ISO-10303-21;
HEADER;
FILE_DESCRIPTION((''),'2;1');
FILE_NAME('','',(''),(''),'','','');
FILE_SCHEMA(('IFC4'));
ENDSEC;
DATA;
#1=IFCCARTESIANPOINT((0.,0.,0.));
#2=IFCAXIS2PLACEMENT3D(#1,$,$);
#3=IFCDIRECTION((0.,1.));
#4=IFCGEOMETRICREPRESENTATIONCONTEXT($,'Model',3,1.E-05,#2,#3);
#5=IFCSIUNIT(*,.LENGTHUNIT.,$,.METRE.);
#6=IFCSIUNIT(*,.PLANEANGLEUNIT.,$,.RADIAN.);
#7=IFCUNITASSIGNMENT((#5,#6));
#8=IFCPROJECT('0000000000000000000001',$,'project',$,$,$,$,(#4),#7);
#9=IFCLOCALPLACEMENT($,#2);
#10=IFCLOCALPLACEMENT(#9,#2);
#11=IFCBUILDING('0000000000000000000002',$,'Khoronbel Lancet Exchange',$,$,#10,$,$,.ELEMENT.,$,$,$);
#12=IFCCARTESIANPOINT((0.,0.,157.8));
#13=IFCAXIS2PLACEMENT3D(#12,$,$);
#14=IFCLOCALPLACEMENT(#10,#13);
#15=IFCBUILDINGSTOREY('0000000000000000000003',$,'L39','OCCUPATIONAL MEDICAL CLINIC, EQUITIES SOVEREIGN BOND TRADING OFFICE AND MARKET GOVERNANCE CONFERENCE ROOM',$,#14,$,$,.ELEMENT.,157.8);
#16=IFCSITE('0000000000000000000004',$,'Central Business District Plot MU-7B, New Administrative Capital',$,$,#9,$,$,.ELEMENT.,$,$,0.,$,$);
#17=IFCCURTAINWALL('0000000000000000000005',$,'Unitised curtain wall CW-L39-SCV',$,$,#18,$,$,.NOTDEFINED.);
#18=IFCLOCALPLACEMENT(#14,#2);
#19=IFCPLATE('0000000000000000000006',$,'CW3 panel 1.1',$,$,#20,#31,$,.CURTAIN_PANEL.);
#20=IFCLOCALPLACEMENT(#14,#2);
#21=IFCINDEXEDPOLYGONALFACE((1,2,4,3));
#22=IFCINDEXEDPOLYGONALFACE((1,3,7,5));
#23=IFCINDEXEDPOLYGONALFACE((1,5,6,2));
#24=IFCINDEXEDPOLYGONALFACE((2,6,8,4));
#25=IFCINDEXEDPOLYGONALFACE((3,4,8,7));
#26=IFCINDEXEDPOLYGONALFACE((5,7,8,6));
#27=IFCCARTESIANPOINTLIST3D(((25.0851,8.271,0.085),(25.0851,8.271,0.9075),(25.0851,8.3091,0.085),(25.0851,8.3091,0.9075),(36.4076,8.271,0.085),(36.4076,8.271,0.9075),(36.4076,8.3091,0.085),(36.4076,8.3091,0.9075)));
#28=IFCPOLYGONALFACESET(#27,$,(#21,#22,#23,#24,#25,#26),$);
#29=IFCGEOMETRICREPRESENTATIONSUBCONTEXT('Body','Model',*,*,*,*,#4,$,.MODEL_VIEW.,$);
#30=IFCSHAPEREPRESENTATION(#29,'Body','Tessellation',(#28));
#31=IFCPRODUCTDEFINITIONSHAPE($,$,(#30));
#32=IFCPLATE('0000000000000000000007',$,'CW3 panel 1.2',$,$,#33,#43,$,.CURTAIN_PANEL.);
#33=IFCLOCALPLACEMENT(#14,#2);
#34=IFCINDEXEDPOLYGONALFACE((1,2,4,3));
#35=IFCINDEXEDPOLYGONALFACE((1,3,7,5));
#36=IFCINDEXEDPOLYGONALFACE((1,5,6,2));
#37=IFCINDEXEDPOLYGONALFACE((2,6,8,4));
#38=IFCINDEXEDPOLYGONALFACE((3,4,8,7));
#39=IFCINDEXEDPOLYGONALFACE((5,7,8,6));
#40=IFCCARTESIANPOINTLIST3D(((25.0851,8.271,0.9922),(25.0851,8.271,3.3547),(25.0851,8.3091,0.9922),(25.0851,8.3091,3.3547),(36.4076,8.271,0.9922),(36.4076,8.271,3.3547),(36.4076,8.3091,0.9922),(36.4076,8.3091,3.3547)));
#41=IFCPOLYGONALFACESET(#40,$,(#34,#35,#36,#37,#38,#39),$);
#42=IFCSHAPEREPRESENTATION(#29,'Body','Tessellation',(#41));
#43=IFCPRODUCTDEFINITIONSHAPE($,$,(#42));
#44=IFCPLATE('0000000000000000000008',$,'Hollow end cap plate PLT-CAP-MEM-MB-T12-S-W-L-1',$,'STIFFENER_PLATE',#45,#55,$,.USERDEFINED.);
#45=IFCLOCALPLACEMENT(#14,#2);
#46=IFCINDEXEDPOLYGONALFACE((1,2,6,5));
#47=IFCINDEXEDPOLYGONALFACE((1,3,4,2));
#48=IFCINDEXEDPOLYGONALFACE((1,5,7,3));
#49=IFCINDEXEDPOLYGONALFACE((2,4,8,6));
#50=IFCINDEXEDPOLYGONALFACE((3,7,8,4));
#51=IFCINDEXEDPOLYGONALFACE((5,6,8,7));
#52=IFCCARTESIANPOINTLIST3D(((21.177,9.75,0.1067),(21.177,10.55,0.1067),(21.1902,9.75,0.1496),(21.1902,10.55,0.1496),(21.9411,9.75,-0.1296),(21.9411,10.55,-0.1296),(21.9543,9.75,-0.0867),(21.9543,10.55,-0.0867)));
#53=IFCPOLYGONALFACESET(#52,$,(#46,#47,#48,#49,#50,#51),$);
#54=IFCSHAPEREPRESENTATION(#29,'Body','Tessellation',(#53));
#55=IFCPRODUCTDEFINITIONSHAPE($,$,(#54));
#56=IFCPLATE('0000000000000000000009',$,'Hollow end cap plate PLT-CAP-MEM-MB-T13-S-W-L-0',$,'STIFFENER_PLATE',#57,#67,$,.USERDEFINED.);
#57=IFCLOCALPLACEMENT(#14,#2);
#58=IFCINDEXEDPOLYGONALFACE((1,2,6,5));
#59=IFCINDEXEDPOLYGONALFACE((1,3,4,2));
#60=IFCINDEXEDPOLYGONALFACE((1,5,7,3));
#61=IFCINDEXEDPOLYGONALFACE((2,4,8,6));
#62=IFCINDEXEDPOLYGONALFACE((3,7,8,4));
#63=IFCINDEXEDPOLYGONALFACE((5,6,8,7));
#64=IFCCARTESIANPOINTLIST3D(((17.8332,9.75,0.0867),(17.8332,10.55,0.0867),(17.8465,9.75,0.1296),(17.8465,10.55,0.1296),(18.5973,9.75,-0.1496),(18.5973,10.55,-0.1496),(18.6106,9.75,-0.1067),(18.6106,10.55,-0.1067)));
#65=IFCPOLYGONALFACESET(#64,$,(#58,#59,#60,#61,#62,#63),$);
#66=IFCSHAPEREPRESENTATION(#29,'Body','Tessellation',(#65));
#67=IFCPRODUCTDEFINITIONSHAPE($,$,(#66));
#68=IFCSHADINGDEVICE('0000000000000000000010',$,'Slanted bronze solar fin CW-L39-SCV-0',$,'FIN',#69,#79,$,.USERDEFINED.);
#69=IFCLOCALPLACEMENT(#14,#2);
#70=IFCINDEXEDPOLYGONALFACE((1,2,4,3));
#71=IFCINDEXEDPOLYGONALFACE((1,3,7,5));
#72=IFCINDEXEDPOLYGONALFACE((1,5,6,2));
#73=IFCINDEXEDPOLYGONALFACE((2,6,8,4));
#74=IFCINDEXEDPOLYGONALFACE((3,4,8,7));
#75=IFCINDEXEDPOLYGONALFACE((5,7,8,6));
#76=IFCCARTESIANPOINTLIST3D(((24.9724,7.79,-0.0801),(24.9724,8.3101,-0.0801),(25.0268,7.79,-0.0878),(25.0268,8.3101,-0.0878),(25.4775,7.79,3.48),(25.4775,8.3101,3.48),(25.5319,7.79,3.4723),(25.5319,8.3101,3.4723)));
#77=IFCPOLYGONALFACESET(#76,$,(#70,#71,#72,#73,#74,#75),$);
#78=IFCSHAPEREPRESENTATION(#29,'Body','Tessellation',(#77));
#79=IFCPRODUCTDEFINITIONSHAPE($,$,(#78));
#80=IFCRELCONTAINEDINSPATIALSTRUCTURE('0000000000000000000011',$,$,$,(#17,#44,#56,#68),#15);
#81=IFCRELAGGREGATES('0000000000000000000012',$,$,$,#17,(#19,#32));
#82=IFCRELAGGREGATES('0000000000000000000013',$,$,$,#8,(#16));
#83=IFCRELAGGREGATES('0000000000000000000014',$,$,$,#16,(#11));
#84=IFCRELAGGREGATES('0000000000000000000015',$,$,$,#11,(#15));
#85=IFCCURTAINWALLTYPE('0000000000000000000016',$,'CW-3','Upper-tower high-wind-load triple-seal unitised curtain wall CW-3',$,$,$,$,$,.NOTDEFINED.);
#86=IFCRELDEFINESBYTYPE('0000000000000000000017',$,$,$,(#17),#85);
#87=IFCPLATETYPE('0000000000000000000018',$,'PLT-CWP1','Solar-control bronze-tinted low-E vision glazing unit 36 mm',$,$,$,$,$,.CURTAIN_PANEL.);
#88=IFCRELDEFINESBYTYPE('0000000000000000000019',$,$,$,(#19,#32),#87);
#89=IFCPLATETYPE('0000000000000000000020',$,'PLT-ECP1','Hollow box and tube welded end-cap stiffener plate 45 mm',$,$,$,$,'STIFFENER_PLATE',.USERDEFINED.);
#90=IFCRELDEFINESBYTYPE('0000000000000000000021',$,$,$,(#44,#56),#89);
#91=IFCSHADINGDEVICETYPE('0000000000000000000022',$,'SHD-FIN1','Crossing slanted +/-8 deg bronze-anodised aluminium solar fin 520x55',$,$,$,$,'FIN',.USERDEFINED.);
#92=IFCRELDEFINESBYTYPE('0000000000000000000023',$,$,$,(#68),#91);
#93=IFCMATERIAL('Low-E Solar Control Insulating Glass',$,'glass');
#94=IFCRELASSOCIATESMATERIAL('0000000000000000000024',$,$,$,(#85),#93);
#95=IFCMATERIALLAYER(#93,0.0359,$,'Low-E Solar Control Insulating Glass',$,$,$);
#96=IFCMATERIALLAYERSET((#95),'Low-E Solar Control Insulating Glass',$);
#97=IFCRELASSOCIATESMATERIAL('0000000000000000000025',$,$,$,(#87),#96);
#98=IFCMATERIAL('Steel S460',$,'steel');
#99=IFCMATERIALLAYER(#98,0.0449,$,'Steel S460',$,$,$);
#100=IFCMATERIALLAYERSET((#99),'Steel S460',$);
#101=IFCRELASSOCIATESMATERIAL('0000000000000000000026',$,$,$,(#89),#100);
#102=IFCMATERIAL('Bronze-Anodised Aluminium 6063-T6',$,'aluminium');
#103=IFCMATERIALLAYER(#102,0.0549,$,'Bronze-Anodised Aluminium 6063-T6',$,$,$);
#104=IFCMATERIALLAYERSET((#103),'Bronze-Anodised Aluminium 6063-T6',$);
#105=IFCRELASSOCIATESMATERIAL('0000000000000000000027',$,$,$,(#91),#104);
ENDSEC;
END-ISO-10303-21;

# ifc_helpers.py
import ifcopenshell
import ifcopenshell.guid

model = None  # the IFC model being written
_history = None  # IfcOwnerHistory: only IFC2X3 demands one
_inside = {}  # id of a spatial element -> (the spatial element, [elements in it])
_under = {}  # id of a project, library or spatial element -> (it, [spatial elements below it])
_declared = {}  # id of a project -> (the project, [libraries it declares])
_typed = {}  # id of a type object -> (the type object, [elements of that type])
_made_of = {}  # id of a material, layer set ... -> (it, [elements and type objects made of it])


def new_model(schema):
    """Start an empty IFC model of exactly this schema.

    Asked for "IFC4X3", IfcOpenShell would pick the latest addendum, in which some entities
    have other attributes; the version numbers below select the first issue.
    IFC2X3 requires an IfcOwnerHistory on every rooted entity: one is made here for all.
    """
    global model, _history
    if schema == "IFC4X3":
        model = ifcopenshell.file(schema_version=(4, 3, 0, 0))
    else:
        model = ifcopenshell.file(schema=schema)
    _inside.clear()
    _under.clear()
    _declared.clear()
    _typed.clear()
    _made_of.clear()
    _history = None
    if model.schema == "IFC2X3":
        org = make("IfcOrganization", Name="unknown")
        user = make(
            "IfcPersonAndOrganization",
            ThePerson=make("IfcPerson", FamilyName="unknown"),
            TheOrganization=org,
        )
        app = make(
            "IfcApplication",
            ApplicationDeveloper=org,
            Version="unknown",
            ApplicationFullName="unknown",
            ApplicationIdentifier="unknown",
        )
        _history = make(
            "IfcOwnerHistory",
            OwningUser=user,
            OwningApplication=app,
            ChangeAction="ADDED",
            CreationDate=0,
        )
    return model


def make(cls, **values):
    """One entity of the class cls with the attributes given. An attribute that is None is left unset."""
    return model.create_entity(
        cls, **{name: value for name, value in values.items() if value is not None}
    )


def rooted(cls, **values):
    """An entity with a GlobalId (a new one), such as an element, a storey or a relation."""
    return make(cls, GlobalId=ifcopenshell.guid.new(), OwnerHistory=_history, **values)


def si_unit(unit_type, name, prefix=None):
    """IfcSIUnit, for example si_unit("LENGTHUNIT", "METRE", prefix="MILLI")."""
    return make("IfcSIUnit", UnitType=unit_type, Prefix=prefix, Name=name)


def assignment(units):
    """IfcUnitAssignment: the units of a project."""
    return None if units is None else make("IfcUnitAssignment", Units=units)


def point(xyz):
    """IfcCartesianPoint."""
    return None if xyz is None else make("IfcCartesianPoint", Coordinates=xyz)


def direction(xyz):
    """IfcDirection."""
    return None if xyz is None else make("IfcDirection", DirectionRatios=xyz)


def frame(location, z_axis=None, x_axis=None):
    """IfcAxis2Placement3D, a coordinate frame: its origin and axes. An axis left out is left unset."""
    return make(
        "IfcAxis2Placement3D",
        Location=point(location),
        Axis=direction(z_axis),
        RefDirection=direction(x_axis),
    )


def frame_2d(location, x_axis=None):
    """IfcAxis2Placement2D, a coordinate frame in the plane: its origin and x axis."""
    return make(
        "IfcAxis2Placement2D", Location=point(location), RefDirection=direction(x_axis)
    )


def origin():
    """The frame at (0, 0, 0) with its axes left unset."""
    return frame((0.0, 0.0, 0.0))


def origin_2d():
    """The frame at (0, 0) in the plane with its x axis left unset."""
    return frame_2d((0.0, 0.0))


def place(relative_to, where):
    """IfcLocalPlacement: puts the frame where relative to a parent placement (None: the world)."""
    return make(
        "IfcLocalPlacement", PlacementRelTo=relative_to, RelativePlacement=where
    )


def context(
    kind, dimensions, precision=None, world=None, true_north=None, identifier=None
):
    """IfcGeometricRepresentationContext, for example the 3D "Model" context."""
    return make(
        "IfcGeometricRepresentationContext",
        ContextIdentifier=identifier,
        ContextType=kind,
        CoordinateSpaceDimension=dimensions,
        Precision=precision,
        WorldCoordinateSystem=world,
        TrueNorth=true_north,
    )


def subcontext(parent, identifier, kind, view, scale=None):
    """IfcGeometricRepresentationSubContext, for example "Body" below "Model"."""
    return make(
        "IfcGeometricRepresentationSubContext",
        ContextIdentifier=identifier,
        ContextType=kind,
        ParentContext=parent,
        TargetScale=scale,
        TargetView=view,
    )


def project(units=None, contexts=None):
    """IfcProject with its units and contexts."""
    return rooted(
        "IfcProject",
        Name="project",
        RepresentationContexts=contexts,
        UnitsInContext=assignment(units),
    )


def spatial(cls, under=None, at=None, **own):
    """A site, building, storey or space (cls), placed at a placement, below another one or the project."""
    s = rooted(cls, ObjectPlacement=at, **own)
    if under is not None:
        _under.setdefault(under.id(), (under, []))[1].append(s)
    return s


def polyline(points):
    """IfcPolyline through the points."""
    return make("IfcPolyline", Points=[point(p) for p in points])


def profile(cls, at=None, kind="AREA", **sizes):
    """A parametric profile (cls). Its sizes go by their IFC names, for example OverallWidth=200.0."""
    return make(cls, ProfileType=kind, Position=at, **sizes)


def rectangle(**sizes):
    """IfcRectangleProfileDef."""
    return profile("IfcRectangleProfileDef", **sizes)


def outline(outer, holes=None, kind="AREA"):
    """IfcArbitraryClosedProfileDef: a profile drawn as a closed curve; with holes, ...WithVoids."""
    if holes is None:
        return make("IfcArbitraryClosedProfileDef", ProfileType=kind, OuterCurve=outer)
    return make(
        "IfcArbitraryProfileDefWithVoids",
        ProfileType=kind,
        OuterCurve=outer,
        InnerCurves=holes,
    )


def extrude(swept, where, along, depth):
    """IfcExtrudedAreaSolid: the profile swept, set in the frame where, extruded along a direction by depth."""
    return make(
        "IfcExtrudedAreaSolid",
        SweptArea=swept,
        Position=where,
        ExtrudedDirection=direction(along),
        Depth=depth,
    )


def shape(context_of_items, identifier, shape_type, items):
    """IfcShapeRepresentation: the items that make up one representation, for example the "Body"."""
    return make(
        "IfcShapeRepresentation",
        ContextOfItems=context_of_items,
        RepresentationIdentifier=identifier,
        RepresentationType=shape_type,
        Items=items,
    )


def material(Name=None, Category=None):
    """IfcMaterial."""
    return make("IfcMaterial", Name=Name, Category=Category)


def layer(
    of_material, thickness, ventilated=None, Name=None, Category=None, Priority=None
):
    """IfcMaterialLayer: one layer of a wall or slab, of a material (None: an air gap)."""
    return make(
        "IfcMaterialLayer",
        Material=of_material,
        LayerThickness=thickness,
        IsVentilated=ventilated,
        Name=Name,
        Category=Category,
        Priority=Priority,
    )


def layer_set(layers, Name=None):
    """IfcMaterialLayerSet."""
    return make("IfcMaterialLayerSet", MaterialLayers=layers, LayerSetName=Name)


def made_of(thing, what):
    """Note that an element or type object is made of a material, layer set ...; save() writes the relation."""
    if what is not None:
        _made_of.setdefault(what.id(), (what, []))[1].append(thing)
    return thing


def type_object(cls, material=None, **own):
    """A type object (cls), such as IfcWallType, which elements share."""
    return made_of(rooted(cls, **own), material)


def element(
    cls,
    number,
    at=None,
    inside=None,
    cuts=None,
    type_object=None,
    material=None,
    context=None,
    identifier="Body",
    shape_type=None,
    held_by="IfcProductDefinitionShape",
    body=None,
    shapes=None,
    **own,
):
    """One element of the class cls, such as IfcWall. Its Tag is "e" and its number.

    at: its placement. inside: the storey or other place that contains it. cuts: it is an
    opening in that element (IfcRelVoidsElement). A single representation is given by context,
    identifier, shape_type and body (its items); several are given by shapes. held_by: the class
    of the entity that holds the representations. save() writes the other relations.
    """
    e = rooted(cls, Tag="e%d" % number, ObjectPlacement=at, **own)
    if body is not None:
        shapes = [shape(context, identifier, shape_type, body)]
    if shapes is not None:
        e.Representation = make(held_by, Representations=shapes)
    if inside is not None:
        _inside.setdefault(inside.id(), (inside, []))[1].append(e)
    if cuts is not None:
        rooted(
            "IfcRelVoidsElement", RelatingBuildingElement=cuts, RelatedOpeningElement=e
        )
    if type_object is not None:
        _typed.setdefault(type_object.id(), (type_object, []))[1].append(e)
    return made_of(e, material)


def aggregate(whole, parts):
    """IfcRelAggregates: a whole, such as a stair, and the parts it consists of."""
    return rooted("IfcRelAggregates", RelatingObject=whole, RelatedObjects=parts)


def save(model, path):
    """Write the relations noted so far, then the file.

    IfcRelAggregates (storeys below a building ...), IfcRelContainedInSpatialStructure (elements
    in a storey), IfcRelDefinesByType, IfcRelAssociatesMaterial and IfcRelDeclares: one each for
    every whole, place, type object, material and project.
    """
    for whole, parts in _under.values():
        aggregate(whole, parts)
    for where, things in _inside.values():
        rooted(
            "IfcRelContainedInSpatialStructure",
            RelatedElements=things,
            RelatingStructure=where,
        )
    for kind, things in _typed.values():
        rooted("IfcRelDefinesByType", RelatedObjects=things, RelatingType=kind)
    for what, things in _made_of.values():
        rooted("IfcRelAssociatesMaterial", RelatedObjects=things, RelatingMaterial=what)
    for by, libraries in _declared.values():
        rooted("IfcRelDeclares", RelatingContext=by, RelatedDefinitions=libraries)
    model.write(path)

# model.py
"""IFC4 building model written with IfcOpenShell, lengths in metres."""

from ifc_helpers import new_model, si_unit, direction, frame, origin, origin_2d, place, context, subcontext, project, spatial, polyline, rectangle, outline, extrude, material, layer, layer_set, type_object, element, aggregate, save


model = new_model("IFC4")

# Units and contexts
model_context = context("Model", 3, precision=1e-05, world=origin(), true_north=direction((0.0, 1.0)))
body_context = subcontext(model_context, "Body", "Model", "MODEL_VIEW")
ifc_project = project(units=[si_unit("LENGTHUNIT", "METRE"), si_unit("PLANEANGLEUNIT", "RADIAN")], contexts=[model_context])

# Site, building, storey
site_placement = place(None, origin())
site = spatial("IfcSite", under=ifc_project, at=site_placement, Name="Central Business District Plot MU-7B, New Administrative Capital", CompositionType="ELEMENT", RefElevation=0.0)
building_placement = place(site_placement, origin())
building = spatial("IfcBuilding", under=site, at=building_placement, Name="Khoronbel Lancet Exchange", CompositionType="ELEMENT")
storey_placement = place(building_placement, frame((0.0, 0.0, 157.8)))
storey = spatial("IfcBuildingStorey", under=building, at=storey_placement, Name="L39", Description="OCCUPATIONAL MEDICAL CLINIC, EQUITIES SOVEREIGN BOND TRADING OFFICE AND MARKET GOVERNANCE CONFERENCE ROOM", CompositionType="ELEMENT", Elevation=157.8)

# Shared definitions
ifc_material_1 = material(Name="Steel S460", Category="steel")

# Shared definitions
ifc_material_2 = material(Name="Low-E Solar Control Insulating Glass", Category="glass")
curtain_wall_type = type_object("IfcCurtainWallType", Name="CW-3", Description="Upper-tower high-wind-load triple-seal unitised curtain wall CW-3", PredefinedType="NOTDEFINED", material=ifc_material_2)
ifc_material_3 = material(Name="Bronze-Anodised Aluminium 6063-T6", Category="aluminium")

# Curtain wall
curtain_wall_1_placement = place(storey_placement, origin())
curtain_wall_1 = element("IfcCurtainWall", 1, at=curtain_wall_1_placement, inside=storey, type_object=curtain_wall_type, Name="Unitised curtain wall CW-L39-SCV", PredefinedType="NOTDEFINED")

# Plates
ifc_layer_1 = layer(ifc_material_2, 0.0359, Name="Low-E Solar Control Insulating Glass")
ifc_layer_set_1 = layer_set([ifc_layer_1], Name="Low-E Solar Control Insulating Glass")
plate_type_1 = type_object("IfcPlateType", Name="PLT-CWP1", Description="Solar-control bronze-tinted low-E vision glazing unit 36 mm", PredefinedType="CURTAIN_PANEL", material=ifc_layer_set_1)
plate_1_placement = place(storey_placement, frame((30.7463, 8.29, 0.085), z_axis=(0.0, 0.0, 1.0), x_axis=(1.0, 0.0, 0.0)))
plate_1 = element("IfcPlate", 2, at=plate_1_placement, type_object=plate_type_1, Name="CW3 panel 1.1", PredefinedType="CURTAIN_PANEL", context=body_context, shape_type="SweptSolid", body=[
    extrude(rectangle(XDim=11.3225, YDim=0.0381, at=origin_2d()), origin(), (0.0, 0.0, 1.0), 0.8225),
])
plate_2_placement = place(storey_placement, frame((30.7463, 8.29, 0.9922), z_axis=(0.0, 0.0, 1.0), x_axis=(1.0, 0.0, 0.0)))
plate_2 = element("IfcPlate", 3, at=plate_2_placement, type_object=plate_type_1, Name="CW3 panel 1.2", PredefinedType="CURTAIN_PANEL", context=body_context, shape_type="SweptSolid", body=[
    extrude(rectangle(XDim=11.3225, YDim=0.0381, at=origin_2d()), origin(), (0.0, 0.0, 1.0), 2.3625),
])
aggregate(curtain_wall_1, [plate_1, plate_2])

# Plates
ifc_layer_2 = layer(ifc_material_1, 0.0449, Name="Steel S460")
ifc_layer_set_2 = layer_set([ifc_layer_2], Name="Steel S460")
plate_type_2 = type_object("IfcPlateType", Name="PLT-ECP1", Description="Hollow box and tube welded end-cap stiffener plate 45 mm", ElementType="STIFFENER_PLATE", PredefinedType="USERDEFINED", material=ifc_layer_set_2)
for number, where, z_axis, x_axis, name in (
    (4, (21.9543, 9.75, -0.0867), (0.295458, 0.0, 0.955356), (0.0, 1.0, 0.0), "Hollow end cap plate PLT-CAP-MEM-MB-T12-S-W-L-1"),
    (5, (18.6106, 9.75, -0.1067), (0.295458, 0.0, 0.955356), (0.0, 1.0, 0.0), "Hollow end cap plate PLT-CAP-MEM-MB-T13-S-W-L-0"),
):
    element("IfcPlate", number, at=place(storey_placement, frame(where, z_axis=z_axis, x_axis=x_axis)), inside=storey, type_object=plate_type_2, Name=name, ObjectType="STIFFENER_PLATE", PredefinedType="USERDEFINED", context=body_context, shape_type="SweptSolid", body=[
        extrude(outline(polyline([(0.0, 0.0), (0.8, 0.0), (0.8, 0.7998), (0.0, 0.7998), (0.0, 0.0)])), origin(), (0.0, 0.0, -1.0), 0.0449),
    ])

# Shading device
ifc_layer_3 = layer(ifc_material_3, 0.0549, Name="Bronze-Anodised Aluminium 6063-T6")
ifc_layer_set_3 = layer_set([ifc_layer_3], Name="Bronze-Anodised Aluminium 6063-T6")
shading_device_type = type_object("IfcShadingDeviceType", Name="SHD-FIN1", Description="Crossing slanted +/-8 deg bronze-anodised aluminium solar fin 520x55", ElementType="FIN", PredefinedType="USERDEFINED", material=ifc_layer_set_3)
shading_device_placement = place(storey_placement, frame((24.9724, 8.3101, -0.0801), z_axis=(-0.990083, 0.0, 0.14048), x_axis=(0.0, -1.0, 0.0)))
element("IfcShadingDevice", 6, at=shading_device_placement, inside=storey, type_object=shading_device_type, Name="Slanted bronze solar fin CW-L39-SCV-0", ObjectType="FIN", PredefinedType="USERDEFINED", context=body_context, shape_type="SweptSolid", body=[
    extrude(outline(polyline([(0.0, 0.0), (0.52, 0.0), (0.52, 3.5957), (0.0, 3.5957), (0.0, 0.0)])), origin(), (0.0, 0.0, -1.0), 0.0549),
])

save(model, "model.ifc")
